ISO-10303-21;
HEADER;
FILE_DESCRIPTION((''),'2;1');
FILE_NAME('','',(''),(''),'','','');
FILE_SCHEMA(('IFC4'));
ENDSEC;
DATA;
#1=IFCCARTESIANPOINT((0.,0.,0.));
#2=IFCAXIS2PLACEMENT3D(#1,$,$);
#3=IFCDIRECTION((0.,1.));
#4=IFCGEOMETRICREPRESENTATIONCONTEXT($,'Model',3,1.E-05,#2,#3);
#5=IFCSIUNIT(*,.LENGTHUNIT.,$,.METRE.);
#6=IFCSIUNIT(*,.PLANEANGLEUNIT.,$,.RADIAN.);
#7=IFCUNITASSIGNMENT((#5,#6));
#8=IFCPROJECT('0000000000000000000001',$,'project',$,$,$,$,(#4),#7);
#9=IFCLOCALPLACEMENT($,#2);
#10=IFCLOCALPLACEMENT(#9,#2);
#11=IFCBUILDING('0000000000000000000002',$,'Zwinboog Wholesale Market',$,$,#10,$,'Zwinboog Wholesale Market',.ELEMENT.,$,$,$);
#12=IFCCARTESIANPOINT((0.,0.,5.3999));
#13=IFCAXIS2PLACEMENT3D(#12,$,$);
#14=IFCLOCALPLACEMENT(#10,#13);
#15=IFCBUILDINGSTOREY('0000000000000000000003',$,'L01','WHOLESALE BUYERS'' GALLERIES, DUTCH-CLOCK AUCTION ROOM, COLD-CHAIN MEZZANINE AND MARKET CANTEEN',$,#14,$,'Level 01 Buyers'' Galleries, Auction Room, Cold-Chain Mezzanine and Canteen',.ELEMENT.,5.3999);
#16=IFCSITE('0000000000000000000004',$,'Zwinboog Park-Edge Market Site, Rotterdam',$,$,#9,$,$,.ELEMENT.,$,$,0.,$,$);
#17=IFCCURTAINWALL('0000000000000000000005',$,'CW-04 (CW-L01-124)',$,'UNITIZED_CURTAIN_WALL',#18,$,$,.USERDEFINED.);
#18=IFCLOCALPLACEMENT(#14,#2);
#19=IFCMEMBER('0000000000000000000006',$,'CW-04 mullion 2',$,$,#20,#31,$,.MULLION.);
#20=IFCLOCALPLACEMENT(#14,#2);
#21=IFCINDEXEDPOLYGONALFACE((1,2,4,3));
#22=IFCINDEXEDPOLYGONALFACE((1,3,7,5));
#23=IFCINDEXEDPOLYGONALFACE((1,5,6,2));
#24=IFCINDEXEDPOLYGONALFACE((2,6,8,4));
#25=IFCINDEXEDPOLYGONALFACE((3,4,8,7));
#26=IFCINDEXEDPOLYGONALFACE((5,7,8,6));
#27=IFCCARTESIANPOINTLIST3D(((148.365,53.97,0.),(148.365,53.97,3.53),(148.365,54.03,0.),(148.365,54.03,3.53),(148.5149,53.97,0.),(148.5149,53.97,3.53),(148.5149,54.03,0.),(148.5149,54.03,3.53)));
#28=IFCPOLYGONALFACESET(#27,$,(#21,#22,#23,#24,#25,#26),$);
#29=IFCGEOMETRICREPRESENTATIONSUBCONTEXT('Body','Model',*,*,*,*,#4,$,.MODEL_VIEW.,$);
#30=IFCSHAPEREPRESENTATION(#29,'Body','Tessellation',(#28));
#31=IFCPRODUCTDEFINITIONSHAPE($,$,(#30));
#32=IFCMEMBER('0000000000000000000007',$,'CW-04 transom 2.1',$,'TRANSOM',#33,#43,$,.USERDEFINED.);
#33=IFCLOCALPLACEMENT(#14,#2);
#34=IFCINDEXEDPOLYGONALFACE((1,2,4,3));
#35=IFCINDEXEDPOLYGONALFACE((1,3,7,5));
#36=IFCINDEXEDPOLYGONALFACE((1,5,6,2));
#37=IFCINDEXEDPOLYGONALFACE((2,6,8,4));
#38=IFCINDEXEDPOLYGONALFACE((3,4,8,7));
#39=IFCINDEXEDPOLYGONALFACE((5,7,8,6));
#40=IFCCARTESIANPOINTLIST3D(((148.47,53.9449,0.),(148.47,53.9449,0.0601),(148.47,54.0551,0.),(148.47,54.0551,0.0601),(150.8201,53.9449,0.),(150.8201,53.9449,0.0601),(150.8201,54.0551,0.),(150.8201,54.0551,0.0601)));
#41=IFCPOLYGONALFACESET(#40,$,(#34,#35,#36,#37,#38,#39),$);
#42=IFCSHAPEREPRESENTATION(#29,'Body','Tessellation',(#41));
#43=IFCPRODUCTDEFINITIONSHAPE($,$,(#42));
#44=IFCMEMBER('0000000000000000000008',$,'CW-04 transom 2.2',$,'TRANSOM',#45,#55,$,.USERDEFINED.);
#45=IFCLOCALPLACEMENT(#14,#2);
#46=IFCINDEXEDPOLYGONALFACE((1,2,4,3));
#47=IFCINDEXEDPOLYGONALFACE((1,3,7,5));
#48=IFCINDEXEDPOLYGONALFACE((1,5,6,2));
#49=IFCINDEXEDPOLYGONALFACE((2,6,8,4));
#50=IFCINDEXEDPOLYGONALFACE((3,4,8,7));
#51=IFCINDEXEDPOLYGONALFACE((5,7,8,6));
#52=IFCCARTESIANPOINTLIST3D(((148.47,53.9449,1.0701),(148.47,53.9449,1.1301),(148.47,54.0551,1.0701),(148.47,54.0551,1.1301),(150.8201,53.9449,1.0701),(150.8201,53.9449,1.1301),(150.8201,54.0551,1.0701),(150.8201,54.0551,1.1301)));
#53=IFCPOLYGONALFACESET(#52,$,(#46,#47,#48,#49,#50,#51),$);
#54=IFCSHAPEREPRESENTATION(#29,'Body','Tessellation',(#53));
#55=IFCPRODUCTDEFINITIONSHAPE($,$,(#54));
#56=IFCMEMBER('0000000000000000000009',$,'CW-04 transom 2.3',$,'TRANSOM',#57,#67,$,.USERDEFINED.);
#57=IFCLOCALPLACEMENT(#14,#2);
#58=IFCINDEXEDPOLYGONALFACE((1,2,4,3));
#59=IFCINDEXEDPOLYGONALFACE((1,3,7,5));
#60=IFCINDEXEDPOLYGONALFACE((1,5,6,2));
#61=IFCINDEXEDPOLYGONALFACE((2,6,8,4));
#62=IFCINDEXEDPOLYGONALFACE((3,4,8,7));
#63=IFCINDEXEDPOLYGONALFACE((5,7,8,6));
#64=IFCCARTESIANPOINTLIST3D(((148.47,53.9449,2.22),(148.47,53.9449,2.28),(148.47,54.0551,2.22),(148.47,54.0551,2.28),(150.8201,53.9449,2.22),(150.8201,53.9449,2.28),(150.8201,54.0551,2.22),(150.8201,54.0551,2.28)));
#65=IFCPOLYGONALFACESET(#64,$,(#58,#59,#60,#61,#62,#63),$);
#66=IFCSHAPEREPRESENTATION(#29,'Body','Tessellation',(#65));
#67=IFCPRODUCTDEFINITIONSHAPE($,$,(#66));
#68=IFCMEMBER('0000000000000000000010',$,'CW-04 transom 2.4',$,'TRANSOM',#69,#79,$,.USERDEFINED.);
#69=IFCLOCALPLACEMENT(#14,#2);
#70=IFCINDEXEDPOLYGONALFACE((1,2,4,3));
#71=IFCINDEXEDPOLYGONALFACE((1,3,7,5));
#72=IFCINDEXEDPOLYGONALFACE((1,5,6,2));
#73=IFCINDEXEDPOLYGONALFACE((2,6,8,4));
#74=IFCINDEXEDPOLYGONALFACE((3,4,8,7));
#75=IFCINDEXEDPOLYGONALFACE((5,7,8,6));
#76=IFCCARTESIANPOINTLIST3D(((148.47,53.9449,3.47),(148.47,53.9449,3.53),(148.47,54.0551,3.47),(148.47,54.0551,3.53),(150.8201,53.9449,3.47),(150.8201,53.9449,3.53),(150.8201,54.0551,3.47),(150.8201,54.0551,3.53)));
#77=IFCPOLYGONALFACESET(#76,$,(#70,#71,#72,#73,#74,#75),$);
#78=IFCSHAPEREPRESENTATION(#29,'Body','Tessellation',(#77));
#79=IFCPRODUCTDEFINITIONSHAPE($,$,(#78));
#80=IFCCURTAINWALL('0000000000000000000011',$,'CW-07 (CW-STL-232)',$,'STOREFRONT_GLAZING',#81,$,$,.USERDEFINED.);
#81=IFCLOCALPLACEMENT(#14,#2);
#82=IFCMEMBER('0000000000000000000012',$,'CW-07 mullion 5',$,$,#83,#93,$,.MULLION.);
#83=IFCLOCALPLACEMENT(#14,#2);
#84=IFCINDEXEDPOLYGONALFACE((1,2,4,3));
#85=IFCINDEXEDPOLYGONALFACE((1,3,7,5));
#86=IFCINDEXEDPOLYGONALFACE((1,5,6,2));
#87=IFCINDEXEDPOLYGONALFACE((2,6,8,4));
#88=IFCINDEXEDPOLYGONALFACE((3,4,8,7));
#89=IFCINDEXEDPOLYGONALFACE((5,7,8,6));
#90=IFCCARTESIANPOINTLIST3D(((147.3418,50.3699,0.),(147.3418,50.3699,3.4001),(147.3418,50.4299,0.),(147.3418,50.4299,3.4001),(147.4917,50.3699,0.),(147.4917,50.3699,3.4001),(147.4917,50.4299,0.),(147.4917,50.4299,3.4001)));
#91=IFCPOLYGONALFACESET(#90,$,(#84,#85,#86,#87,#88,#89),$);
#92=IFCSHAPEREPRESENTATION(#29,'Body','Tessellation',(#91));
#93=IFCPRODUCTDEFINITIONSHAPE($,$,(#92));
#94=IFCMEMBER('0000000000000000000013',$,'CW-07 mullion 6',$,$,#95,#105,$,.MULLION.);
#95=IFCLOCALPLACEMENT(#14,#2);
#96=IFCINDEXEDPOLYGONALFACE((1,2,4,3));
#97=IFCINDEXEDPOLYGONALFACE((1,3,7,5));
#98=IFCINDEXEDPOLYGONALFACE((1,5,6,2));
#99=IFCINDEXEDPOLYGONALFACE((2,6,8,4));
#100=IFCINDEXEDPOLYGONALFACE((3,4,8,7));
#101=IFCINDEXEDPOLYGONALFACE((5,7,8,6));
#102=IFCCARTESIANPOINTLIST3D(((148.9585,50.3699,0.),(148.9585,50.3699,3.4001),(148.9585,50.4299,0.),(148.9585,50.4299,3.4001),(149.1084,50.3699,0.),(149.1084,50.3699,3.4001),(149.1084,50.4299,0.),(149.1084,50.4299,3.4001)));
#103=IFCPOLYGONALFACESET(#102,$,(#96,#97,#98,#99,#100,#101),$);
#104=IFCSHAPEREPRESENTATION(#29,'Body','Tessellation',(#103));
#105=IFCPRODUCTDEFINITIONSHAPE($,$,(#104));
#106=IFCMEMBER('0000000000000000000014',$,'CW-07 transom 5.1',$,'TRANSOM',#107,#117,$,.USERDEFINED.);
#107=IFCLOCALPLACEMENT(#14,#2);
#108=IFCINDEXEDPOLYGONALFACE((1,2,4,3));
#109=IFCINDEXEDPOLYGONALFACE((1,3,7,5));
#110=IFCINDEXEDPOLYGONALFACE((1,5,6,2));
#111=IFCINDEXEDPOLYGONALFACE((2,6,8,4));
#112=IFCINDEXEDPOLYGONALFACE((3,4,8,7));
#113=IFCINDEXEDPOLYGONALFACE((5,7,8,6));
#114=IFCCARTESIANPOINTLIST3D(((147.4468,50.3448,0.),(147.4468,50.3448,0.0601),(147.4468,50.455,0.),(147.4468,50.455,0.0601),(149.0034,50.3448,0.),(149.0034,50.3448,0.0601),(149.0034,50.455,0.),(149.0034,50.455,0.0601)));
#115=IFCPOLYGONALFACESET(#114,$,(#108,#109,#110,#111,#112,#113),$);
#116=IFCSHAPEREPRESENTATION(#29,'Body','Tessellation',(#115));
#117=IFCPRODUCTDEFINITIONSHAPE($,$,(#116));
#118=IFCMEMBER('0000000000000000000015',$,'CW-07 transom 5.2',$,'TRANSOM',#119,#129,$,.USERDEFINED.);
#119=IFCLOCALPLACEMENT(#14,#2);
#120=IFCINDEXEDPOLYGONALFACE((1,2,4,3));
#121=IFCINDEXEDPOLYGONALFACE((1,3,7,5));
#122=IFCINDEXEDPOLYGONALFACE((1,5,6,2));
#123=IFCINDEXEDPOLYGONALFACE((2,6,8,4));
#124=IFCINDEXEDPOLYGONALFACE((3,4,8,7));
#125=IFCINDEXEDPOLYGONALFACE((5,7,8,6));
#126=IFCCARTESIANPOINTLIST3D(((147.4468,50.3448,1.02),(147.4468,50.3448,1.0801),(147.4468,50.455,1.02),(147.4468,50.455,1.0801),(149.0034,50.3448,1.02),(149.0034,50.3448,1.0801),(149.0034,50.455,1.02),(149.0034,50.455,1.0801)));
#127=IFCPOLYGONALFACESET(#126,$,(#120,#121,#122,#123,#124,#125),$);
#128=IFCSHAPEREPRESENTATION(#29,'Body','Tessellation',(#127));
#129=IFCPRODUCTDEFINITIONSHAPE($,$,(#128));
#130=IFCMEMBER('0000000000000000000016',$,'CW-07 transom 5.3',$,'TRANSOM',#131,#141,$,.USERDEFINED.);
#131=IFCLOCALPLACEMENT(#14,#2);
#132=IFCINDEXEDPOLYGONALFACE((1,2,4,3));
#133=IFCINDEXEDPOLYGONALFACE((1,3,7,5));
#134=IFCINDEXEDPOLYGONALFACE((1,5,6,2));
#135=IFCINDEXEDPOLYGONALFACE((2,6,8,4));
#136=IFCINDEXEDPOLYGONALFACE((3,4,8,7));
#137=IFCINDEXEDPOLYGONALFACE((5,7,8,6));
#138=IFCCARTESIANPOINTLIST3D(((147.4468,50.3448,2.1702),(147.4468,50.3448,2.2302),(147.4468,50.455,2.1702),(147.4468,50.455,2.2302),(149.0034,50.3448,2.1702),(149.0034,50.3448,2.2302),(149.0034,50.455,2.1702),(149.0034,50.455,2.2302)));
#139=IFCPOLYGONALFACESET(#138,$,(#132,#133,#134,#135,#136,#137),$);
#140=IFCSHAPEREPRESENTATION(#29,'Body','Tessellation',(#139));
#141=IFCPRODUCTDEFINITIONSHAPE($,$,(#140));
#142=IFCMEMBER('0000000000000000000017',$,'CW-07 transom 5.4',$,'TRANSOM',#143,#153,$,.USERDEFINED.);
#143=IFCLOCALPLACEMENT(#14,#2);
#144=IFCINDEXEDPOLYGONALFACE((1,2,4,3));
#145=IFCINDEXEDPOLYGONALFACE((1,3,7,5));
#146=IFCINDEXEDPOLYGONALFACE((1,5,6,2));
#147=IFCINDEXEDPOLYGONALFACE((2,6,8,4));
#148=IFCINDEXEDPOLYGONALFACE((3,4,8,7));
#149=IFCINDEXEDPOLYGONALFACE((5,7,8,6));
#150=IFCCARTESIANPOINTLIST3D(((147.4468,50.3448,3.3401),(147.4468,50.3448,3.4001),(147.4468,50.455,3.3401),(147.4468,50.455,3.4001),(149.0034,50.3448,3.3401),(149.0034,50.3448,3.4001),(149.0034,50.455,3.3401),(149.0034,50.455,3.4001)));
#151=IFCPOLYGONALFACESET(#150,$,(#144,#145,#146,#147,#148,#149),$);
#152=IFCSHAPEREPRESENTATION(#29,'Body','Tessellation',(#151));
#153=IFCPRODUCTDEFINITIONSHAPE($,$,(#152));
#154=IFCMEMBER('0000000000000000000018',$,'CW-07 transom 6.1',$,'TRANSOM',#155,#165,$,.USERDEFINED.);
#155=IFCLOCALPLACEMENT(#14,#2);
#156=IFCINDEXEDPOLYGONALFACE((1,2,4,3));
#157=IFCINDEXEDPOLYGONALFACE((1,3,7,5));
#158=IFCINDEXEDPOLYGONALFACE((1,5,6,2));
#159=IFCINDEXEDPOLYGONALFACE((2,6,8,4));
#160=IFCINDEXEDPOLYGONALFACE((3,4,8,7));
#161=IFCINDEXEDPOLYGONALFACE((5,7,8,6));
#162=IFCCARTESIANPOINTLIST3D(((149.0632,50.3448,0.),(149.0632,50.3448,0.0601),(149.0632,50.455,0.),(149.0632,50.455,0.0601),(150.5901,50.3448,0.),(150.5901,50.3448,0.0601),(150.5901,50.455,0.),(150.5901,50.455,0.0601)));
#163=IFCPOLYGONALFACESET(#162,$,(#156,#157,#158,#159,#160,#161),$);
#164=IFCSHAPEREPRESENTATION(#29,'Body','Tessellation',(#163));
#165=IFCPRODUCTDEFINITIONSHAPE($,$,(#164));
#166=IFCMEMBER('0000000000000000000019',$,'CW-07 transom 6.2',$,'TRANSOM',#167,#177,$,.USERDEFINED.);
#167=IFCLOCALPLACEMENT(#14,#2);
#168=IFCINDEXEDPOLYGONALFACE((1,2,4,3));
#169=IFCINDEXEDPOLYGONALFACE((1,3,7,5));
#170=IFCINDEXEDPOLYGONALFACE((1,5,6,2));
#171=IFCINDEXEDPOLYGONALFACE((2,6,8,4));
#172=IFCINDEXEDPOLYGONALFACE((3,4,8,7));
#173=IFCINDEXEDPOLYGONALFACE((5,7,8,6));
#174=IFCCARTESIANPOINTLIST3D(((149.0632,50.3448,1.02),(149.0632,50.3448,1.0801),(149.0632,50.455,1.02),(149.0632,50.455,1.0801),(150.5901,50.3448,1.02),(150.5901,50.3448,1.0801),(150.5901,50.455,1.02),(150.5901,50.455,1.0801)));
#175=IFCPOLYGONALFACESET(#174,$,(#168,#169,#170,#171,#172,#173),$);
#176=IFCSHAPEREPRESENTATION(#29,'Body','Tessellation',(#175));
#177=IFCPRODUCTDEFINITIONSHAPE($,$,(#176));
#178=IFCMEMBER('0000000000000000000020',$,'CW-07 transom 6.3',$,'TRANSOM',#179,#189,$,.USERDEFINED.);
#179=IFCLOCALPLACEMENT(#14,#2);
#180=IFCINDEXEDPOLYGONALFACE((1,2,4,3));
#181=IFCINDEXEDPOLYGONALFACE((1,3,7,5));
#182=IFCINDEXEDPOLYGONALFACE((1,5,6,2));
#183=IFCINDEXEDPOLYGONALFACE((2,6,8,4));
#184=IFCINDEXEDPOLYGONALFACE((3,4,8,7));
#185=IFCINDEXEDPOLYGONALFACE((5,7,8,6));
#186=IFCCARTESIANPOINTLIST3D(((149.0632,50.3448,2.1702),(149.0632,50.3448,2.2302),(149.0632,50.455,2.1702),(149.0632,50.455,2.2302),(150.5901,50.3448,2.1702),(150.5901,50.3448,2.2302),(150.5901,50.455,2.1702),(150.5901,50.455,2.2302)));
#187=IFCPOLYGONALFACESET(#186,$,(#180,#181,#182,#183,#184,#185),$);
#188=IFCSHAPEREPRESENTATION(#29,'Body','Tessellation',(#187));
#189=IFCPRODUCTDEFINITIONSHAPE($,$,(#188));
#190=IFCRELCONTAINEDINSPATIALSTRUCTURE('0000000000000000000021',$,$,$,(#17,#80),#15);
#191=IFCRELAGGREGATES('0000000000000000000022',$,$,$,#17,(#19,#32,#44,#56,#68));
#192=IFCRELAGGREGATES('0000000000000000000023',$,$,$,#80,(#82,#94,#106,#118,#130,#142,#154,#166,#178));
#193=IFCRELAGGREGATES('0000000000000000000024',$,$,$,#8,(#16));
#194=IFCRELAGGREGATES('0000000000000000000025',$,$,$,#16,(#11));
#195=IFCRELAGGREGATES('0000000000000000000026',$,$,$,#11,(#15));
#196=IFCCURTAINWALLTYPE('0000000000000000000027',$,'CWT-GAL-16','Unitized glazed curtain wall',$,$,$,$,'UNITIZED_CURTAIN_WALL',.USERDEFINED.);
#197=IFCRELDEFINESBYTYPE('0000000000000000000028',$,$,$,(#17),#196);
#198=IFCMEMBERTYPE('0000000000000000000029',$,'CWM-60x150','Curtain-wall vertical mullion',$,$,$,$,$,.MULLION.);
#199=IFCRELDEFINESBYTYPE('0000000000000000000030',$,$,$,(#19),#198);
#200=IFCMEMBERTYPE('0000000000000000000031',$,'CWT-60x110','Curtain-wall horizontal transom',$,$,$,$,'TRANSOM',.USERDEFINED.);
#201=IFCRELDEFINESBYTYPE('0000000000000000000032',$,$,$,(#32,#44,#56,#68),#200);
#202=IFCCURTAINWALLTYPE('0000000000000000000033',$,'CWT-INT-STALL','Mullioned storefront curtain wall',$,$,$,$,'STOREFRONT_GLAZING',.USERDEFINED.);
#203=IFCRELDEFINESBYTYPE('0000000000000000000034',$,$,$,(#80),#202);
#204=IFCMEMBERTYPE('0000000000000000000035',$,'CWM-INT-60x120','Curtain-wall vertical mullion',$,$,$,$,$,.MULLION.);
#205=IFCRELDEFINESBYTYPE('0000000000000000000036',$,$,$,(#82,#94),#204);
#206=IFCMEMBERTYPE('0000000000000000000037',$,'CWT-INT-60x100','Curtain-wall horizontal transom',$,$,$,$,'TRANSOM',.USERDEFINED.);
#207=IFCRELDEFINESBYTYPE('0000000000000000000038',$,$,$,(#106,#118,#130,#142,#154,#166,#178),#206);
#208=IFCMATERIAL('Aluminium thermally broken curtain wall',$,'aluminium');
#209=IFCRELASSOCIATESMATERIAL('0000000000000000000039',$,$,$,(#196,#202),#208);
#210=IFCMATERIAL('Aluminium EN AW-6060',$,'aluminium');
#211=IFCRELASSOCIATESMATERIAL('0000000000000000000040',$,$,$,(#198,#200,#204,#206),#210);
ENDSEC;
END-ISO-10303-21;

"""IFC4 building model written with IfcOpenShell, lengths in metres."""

from ifc_helpers import new_model, si_unit, direction, frame, origin, origin_2d, place, context, subcontext, project, spatial, rectangle, extrude, material, material_profile, profile_set, type_object, element, aggregate, save


model = new_model("IFC4")

# Units and contexts
model_context = context("Model", 3, precision=1e-05, world=origin(), true_north=direction((0.0, 1.0)))
body_context = subcontext(model_context, "Body", "Model", "MODEL_VIEW")
ifc_project = project(units=[si_unit("LENGTHUNIT", "METRE"), si_unit("PLANEANGLEUNIT", "RADIAN")], contexts=[model_context])

# Site, building, storey
site_placement = place(None, origin())
site = spatial("IfcSite", under=ifc_project, at=site_placement, Name="Zwinboog Park-Edge Market Site, Rotterdam", CompositionType="ELEMENT", RefElevation=0.0)
building_placement = place(site_placement, origin())
building = spatial("IfcBuilding", under=site, at=building_placement, Name="Zwinboog Wholesale Market", LongName="Zwinboog Wholesale Market", CompositionType="ELEMENT")
storey_placement = place(building_placement, frame((0.0, 0.0, 5.3999)))
storey = spatial("IfcBuildingStorey", under=building, at=storey_placement, Name="L01", Description="WHOLESALE BUYERS' GALLERIES, DUTCH-CLOCK AUCTION ROOM, COLD-CHAIN MEZZANINE AND MARKET CANTEEN", LongName="Level 01 Buyers' Galleries, Auction Room, Cold-Chain Mezzanine and Canteen", CompositionType="ELEMENT", Elevation=5.3999)

# Curtain walls, members
ifc_material_1 = material(Name="Aluminium thermally broken curtain wall", Category="aluminium")
curtain_wall_type_1 = type_object("IfcCurtainWallType", Name="CWT-GAL-16", Description="Unitized glazed curtain wall", ElementType="UNITIZED_CURTAIN_WALL", PredefinedType="USERDEFINED", material=ifc_material_1)
curtain_wall_1_placement = place(storey_placement, origin())
curtain_wall_1 = element("IfcCurtainWall", 1, at=curtain_wall_1_placement, inside=storey, type_object=curtain_wall_type_1, Name="CW-04 (CW-L01-124)", ObjectType="UNITIZED_CURTAIN_WALL", PredefinedType="USERDEFINED")
ifc_material_2 = material(Name="Aluminium EN AW-6060", Category="aluminium")
ifc_material_profile_1 = material_profile(ifc_material_2, rectangle(XDim=0.0601, YDim=0.1499, at=origin_2d()), Name="AL 60x150")
ifc_profile_set_1 = profile_set([ifc_material_profile_1], Name="Aluminium EN AW-6060")
member_type_1 = type_object("IfcMemberType", Name="CWM-60x150", Description="Curtain-wall vertical mullion", PredefinedType="MULLION", material=ifc_profile_set_1)
member_1_placement = place(storey_placement, frame((148.4399, 54.0, 0.0), z_axis=(0.0, 0.0, 1.0), x_axis=(0.0, 1.0, 0.0)))
member_1 = element("IfcMember", 2, at=member_1_placement, type_object=member_type_1, Name="CW-04 mullion 2", PredefinedType="MULLION", context=body_context, shape_type="SweptSolid", body=[
    extrude(rectangle(XDim=0.0601, YDim=0.1499, at=origin_2d()), origin(), (0.0, 0.0, 1.0), 3.53),
])
ifc_material_profile_2 = material_profile(ifc_material_2, rectangle(XDim=0.1101, YDim=0.0601, at=origin_2d()), Name="AL 60x110")
ifc_profile_set_2 = profile_set([ifc_material_profile_2], Name="Aluminium EN AW-6060")
member_type_2 = type_object("IfcMemberType", Name="CWT-60x110", Description="Curtain-wall horizontal transom", ElementType="TRANSOM", PredefinedType="USERDEFINED", material=ifc_profile_set_2)
member_2_placement = place(storey_placement, frame((148.47, 54.0, 0.03), z_axis=(1.0, 0.0, 0.0), x_axis=(0.0, 1.0, 0.0)))
member_2 = element("IfcMember", 3, at=member_2_placement, type_object=member_type_2, Name="CW-04 transom 2.1", ObjectType="TRANSOM", PredefinedType="USERDEFINED", context=body_context, shape_type="SweptSolid", body=[
    extrude(rectangle(XDim=0.1101, YDim=0.0601, at=origin_2d()), origin(), (0.0, 0.0, 1.0), 2.3501),
])
member_3_placement = place(storey_placement, frame((148.47, 54.0, 1.1001), z_axis=(1.0, 0.0, 0.0), x_axis=(0.0, 1.0, 0.0)))
member_3 = element("IfcMember", 4, at=member_3_placement, type_object=member_type_2, Name="CW-04 transom 2.2", ObjectType="TRANSOM", PredefinedType="USERDEFINED", context=body_context, shape_type="SweptSolid", body=[
    extrude(rectangle(XDim=0.1101, YDim=0.0601, at=origin_2d()), origin(), (0.0, 0.0, 1.0), 2.3501),
])
member_4_placement = place(storey_placement, frame((148.47, 54.0, 2.25), z_axis=(1.0, 0.0, 0.0), x_axis=(0.0, 1.0, 0.0)))
member_4 = element("IfcMember", 5, at=member_4_placement, type_object=member_type_2, Name="CW-04 transom 2.3", ObjectType="TRANSOM", PredefinedType="USERDEFINED", context=body_context, shape_type="SweptSolid", body=[
    extrude(rectangle(XDim=0.1101, YDim=0.0601, at=origin_2d()), origin(), (0.0, 0.0, 1.0), 2.3501),
])
member_5_placement = place(storey_placement, frame((148.47, 54.0, 3.5), z_axis=(1.0, 0.0, 0.0), x_axis=(0.0, 1.0, 0.0)))
member_5 = element("IfcMember", 6, at=member_5_placement, type_object=member_type_2, Name="CW-04 transom 2.4", ObjectType="TRANSOM", PredefinedType="USERDEFINED", context=body_context, shape_type="SweptSolid", body=[
    extrude(rectangle(XDim=0.1101, YDim=0.0601, at=origin_2d()), origin(), (0.0, 0.0, 1.0), 2.3501),
])
curtain_wall_type_2 = type_object("IfcCurtainWallType", Name="CWT-INT-STALL", Description="Mullioned storefront curtain wall", ElementType="STOREFRONT_GLAZING", PredefinedType="USERDEFINED", material=ifc_material_1)
curtain_wall_2_placement = place(storey_placement, origin())
curtain_wall_2 = element("IfcCurtainWall", 7, at=curtain_wall_2_placement, inside=storey, type_object=curtain_wall_type_2, Name="CW-07 (CW-STL-232)", ObjectType="STOREFRONT_GLAZING", PredefinedType="USERDEFINED")
ifc_material_profile_3 = material_profile(ifc_material_2, rectangle(XDim=0.0601, YDim=0.1499, at=origin_2d()), Name="AL 60x150")
ifc_profile_set_3 = profile_set([ifc_material_profile_3], Name="Aluminium EN AW-6060")
member_type_3 = type_object("IfcMemberType", Name="CWM-INT-60x120", Description="Curtain-wall vertical mullion", PredefinedType="MULLION", material=ifc_profile_set_3)
member_6_placement = place(storey_placement, frame((147.4167, 50.3999, 0.0), z_axis=(0.0, 0.0, 1.0), x_axis=(0.0, 1.0, 0.0)))
member_6 = element("IfcMember", 8, at=member_6_placement, type_object=member_type_3, Name="CW-07 mullion 5", PredefinedType="MULLION", context=body_context, shape_type="SweptSolid", body=[
    extrude(rectangle(XDim=0.0601, YDim=0.1499, at=origin_2d()), origin(), (0.0, 0.0, 1.0), 3.4001),
])
member_7_placement = place(storey_placement, frame((149.0334, 50.3999, 0.0), z_axis=(0.0, 0.0, 1.0), x_axis=(0.0, 1.0, 0.0)))
member_7 = element("IfcMember", 9, at=member_7_placement, type_object=member_type_3, Name="CW-07 mullion 6", PredefinedType="MULLION", context=body_context, shape_type="SweptSolid", body=[
    extrude(rectangle(XDim=0.0601, YDim=0.1499, at=origin_2d()), origin(), (0.0, 0.0, 1.0), 3.4001),
])
ifc_material_profile_4 = material_profile(ifc_material_2, rectangle(XDim=0.1101, YDim=0.0601, at=origin_2d()), Name="AL 60x110")
ifc_profile_set_4 = profile_set([ifc_material_profile_4], Name="Aluminium EN AW-6060")
member_type_4 = type_object("IfcMemberType", Name="CWT-INT-60x100", Description="Curtain-wall horizontal transom", ElementType="TRANSOM", PredefinedType="USERDEFINED", material=ifc_profile_set_4)
member_8_placement = place(storey_placement, frame((147.4468, 50.3999, 0.03), z_axis=(1.0, 0.0, 0.0), x_axis=(0.0, 1.0, 0.0)))
member_8 = element("IfcMember", 10, at=member_8_placement, type_object=member_type_4, Name="CW-07 transom 5.1", ObjectType="TRANSOM", PredefinedType="USERDEFINED", context=body_context, shape_type="SweptSolid", body=[
    extrude(rectangle(XDim=0.1101, YDim=0.0601, at=origin_2d()), origin(), (0.0, 0.0, 1.0), 1.5566),
])
member_9_placement = place(storey_placement, frame((147.4468, 50.3999, 1.05), z_axis=(1.0, 0.0, 0.0), x_axis=(0.0, 1.0, 0.0)))
member_9 = element("IfcMember", 11, at=member_9_placement, type_object=member_type_4, Name="CW-07 transom 5.2", ObjectType="TRANSOM", PredefinedType="USERDEFINED", context=body_context, shape_type="SweptSolid", body=[
    extrude(rectangle(XDim=0.1101, YDim=0.0601, at=origin_2d()), origin(), (0.0, 0.0, 1.0), 1.5566),
])
member_10_placement = place(storey_placement, frame((147.4468, 50.3999, 2.2002), z_axis=(1.0, 0.0, 0.0), x_axis=(0.0, 1.0, 0.0)))
member_10 = element("IfcMember", 12, at=member_10_placement, type_object=member_type_4, Name="CW-07 transom 5.3", ObjectType="TRANSOM", PredefinedType="USERDEFINED", context=body_context, shape_type="SweptSolid", body=[
    extrude(rectangle(XDim=0.1101, YDim=0.0601, at=origin_2d()), origin(), (0.0, 0.0, 1.0), 1.5566),
])
member_11_placement = place(storey_placement, frame((147.4468, 50.3999, 3.3701), z_axis=(1.0, 0.0, 0.0), x_axis=(0.0, 1.0, 0.0)))
member_11 = element("IfcMember", 13, at=member_11_placement, type_object=member_type_4, Name="CW-07 transom 5.4", ObjectType="TRANSOM", PredefinedType="USERDEFINED", context=body_context, shape_type="SweptSolid", body=[
    extrude(rectangle(XDim=0.1101, YDim=0.0601, at=origin_2d()), origin(), (0.0, 0.0, 1.0), 1.5566),
])
member_12_placement = place(storey_placement, frame((149.0632, 50.3999, 0.03), z_axis=(1.0, 0.0, 0.0), x_axis=(0.0, 1.0, 0.0)))
member_12 = element("IfcMember", 14, at=member_12_placement, type_object=member_type_4, Name="CW-07 transom 6.1", ObjectType="TRANSOM", PredefinedType="USERDEFINED", context=body_context, shape_type="SweptSolid", body=[
    extrude(rectangle(XDim=0.1101, YDim=0.0601, at=origin_2d()), origin(), (0.0, 0.0, 1.0), 1.5269),
])
member_13_placement = place(storey_placement, frame((149.0632, 50.3999, 1.05), z_axis=(1.0, 0.0, 0.0), x_axis=(0.0, 1.0, 0.0)))
member_13 = element("IfcMember", 15, at=member_13_placement, type_object=member_type_4, Name="CW-07 transom 6.2", ObjectType="TRANSOM", PredefinedType="USERDEFINED", context=body_context, shape_type="SweptSolid", body=[
    extrude(rectangle(XDim=0.1101, YDim=0.0601, at=origin_2d()), origin(), (0.0, 0.0, 1.0), 1.5269),
])
member_14_placement = place(storey_placement, frame((149.0632, 50.3999, 2.2002), z_axis=(1.0, 0.0, 0.0), x_axis=(0.0, 1.0, 0.0)))
member_14 = element("IfcMember", 16, at=member_14_placement, type_object=member_type_4, Name="CW-07 transom 6.3", ObjectType="TRANSOM", PredefinedType="USERDEFINED", context=body_context, shape_type="SweptSolid", body=[
    extrude(rectangle(XDim=0.1101, YDim=0.0601, at=origin_2d()), origin(), (0.0, 0.0, 1.0), 1.5269),
])

aggregate(curtain_wall_1, [member_1, member_2, member_3, member_4, member_5])
aggregate(curtain_wall_2, [member_6, member_7, member_8, member_9, member_10, member_11, member_12, member_13, member_14])

save(model, "model.ifc")
